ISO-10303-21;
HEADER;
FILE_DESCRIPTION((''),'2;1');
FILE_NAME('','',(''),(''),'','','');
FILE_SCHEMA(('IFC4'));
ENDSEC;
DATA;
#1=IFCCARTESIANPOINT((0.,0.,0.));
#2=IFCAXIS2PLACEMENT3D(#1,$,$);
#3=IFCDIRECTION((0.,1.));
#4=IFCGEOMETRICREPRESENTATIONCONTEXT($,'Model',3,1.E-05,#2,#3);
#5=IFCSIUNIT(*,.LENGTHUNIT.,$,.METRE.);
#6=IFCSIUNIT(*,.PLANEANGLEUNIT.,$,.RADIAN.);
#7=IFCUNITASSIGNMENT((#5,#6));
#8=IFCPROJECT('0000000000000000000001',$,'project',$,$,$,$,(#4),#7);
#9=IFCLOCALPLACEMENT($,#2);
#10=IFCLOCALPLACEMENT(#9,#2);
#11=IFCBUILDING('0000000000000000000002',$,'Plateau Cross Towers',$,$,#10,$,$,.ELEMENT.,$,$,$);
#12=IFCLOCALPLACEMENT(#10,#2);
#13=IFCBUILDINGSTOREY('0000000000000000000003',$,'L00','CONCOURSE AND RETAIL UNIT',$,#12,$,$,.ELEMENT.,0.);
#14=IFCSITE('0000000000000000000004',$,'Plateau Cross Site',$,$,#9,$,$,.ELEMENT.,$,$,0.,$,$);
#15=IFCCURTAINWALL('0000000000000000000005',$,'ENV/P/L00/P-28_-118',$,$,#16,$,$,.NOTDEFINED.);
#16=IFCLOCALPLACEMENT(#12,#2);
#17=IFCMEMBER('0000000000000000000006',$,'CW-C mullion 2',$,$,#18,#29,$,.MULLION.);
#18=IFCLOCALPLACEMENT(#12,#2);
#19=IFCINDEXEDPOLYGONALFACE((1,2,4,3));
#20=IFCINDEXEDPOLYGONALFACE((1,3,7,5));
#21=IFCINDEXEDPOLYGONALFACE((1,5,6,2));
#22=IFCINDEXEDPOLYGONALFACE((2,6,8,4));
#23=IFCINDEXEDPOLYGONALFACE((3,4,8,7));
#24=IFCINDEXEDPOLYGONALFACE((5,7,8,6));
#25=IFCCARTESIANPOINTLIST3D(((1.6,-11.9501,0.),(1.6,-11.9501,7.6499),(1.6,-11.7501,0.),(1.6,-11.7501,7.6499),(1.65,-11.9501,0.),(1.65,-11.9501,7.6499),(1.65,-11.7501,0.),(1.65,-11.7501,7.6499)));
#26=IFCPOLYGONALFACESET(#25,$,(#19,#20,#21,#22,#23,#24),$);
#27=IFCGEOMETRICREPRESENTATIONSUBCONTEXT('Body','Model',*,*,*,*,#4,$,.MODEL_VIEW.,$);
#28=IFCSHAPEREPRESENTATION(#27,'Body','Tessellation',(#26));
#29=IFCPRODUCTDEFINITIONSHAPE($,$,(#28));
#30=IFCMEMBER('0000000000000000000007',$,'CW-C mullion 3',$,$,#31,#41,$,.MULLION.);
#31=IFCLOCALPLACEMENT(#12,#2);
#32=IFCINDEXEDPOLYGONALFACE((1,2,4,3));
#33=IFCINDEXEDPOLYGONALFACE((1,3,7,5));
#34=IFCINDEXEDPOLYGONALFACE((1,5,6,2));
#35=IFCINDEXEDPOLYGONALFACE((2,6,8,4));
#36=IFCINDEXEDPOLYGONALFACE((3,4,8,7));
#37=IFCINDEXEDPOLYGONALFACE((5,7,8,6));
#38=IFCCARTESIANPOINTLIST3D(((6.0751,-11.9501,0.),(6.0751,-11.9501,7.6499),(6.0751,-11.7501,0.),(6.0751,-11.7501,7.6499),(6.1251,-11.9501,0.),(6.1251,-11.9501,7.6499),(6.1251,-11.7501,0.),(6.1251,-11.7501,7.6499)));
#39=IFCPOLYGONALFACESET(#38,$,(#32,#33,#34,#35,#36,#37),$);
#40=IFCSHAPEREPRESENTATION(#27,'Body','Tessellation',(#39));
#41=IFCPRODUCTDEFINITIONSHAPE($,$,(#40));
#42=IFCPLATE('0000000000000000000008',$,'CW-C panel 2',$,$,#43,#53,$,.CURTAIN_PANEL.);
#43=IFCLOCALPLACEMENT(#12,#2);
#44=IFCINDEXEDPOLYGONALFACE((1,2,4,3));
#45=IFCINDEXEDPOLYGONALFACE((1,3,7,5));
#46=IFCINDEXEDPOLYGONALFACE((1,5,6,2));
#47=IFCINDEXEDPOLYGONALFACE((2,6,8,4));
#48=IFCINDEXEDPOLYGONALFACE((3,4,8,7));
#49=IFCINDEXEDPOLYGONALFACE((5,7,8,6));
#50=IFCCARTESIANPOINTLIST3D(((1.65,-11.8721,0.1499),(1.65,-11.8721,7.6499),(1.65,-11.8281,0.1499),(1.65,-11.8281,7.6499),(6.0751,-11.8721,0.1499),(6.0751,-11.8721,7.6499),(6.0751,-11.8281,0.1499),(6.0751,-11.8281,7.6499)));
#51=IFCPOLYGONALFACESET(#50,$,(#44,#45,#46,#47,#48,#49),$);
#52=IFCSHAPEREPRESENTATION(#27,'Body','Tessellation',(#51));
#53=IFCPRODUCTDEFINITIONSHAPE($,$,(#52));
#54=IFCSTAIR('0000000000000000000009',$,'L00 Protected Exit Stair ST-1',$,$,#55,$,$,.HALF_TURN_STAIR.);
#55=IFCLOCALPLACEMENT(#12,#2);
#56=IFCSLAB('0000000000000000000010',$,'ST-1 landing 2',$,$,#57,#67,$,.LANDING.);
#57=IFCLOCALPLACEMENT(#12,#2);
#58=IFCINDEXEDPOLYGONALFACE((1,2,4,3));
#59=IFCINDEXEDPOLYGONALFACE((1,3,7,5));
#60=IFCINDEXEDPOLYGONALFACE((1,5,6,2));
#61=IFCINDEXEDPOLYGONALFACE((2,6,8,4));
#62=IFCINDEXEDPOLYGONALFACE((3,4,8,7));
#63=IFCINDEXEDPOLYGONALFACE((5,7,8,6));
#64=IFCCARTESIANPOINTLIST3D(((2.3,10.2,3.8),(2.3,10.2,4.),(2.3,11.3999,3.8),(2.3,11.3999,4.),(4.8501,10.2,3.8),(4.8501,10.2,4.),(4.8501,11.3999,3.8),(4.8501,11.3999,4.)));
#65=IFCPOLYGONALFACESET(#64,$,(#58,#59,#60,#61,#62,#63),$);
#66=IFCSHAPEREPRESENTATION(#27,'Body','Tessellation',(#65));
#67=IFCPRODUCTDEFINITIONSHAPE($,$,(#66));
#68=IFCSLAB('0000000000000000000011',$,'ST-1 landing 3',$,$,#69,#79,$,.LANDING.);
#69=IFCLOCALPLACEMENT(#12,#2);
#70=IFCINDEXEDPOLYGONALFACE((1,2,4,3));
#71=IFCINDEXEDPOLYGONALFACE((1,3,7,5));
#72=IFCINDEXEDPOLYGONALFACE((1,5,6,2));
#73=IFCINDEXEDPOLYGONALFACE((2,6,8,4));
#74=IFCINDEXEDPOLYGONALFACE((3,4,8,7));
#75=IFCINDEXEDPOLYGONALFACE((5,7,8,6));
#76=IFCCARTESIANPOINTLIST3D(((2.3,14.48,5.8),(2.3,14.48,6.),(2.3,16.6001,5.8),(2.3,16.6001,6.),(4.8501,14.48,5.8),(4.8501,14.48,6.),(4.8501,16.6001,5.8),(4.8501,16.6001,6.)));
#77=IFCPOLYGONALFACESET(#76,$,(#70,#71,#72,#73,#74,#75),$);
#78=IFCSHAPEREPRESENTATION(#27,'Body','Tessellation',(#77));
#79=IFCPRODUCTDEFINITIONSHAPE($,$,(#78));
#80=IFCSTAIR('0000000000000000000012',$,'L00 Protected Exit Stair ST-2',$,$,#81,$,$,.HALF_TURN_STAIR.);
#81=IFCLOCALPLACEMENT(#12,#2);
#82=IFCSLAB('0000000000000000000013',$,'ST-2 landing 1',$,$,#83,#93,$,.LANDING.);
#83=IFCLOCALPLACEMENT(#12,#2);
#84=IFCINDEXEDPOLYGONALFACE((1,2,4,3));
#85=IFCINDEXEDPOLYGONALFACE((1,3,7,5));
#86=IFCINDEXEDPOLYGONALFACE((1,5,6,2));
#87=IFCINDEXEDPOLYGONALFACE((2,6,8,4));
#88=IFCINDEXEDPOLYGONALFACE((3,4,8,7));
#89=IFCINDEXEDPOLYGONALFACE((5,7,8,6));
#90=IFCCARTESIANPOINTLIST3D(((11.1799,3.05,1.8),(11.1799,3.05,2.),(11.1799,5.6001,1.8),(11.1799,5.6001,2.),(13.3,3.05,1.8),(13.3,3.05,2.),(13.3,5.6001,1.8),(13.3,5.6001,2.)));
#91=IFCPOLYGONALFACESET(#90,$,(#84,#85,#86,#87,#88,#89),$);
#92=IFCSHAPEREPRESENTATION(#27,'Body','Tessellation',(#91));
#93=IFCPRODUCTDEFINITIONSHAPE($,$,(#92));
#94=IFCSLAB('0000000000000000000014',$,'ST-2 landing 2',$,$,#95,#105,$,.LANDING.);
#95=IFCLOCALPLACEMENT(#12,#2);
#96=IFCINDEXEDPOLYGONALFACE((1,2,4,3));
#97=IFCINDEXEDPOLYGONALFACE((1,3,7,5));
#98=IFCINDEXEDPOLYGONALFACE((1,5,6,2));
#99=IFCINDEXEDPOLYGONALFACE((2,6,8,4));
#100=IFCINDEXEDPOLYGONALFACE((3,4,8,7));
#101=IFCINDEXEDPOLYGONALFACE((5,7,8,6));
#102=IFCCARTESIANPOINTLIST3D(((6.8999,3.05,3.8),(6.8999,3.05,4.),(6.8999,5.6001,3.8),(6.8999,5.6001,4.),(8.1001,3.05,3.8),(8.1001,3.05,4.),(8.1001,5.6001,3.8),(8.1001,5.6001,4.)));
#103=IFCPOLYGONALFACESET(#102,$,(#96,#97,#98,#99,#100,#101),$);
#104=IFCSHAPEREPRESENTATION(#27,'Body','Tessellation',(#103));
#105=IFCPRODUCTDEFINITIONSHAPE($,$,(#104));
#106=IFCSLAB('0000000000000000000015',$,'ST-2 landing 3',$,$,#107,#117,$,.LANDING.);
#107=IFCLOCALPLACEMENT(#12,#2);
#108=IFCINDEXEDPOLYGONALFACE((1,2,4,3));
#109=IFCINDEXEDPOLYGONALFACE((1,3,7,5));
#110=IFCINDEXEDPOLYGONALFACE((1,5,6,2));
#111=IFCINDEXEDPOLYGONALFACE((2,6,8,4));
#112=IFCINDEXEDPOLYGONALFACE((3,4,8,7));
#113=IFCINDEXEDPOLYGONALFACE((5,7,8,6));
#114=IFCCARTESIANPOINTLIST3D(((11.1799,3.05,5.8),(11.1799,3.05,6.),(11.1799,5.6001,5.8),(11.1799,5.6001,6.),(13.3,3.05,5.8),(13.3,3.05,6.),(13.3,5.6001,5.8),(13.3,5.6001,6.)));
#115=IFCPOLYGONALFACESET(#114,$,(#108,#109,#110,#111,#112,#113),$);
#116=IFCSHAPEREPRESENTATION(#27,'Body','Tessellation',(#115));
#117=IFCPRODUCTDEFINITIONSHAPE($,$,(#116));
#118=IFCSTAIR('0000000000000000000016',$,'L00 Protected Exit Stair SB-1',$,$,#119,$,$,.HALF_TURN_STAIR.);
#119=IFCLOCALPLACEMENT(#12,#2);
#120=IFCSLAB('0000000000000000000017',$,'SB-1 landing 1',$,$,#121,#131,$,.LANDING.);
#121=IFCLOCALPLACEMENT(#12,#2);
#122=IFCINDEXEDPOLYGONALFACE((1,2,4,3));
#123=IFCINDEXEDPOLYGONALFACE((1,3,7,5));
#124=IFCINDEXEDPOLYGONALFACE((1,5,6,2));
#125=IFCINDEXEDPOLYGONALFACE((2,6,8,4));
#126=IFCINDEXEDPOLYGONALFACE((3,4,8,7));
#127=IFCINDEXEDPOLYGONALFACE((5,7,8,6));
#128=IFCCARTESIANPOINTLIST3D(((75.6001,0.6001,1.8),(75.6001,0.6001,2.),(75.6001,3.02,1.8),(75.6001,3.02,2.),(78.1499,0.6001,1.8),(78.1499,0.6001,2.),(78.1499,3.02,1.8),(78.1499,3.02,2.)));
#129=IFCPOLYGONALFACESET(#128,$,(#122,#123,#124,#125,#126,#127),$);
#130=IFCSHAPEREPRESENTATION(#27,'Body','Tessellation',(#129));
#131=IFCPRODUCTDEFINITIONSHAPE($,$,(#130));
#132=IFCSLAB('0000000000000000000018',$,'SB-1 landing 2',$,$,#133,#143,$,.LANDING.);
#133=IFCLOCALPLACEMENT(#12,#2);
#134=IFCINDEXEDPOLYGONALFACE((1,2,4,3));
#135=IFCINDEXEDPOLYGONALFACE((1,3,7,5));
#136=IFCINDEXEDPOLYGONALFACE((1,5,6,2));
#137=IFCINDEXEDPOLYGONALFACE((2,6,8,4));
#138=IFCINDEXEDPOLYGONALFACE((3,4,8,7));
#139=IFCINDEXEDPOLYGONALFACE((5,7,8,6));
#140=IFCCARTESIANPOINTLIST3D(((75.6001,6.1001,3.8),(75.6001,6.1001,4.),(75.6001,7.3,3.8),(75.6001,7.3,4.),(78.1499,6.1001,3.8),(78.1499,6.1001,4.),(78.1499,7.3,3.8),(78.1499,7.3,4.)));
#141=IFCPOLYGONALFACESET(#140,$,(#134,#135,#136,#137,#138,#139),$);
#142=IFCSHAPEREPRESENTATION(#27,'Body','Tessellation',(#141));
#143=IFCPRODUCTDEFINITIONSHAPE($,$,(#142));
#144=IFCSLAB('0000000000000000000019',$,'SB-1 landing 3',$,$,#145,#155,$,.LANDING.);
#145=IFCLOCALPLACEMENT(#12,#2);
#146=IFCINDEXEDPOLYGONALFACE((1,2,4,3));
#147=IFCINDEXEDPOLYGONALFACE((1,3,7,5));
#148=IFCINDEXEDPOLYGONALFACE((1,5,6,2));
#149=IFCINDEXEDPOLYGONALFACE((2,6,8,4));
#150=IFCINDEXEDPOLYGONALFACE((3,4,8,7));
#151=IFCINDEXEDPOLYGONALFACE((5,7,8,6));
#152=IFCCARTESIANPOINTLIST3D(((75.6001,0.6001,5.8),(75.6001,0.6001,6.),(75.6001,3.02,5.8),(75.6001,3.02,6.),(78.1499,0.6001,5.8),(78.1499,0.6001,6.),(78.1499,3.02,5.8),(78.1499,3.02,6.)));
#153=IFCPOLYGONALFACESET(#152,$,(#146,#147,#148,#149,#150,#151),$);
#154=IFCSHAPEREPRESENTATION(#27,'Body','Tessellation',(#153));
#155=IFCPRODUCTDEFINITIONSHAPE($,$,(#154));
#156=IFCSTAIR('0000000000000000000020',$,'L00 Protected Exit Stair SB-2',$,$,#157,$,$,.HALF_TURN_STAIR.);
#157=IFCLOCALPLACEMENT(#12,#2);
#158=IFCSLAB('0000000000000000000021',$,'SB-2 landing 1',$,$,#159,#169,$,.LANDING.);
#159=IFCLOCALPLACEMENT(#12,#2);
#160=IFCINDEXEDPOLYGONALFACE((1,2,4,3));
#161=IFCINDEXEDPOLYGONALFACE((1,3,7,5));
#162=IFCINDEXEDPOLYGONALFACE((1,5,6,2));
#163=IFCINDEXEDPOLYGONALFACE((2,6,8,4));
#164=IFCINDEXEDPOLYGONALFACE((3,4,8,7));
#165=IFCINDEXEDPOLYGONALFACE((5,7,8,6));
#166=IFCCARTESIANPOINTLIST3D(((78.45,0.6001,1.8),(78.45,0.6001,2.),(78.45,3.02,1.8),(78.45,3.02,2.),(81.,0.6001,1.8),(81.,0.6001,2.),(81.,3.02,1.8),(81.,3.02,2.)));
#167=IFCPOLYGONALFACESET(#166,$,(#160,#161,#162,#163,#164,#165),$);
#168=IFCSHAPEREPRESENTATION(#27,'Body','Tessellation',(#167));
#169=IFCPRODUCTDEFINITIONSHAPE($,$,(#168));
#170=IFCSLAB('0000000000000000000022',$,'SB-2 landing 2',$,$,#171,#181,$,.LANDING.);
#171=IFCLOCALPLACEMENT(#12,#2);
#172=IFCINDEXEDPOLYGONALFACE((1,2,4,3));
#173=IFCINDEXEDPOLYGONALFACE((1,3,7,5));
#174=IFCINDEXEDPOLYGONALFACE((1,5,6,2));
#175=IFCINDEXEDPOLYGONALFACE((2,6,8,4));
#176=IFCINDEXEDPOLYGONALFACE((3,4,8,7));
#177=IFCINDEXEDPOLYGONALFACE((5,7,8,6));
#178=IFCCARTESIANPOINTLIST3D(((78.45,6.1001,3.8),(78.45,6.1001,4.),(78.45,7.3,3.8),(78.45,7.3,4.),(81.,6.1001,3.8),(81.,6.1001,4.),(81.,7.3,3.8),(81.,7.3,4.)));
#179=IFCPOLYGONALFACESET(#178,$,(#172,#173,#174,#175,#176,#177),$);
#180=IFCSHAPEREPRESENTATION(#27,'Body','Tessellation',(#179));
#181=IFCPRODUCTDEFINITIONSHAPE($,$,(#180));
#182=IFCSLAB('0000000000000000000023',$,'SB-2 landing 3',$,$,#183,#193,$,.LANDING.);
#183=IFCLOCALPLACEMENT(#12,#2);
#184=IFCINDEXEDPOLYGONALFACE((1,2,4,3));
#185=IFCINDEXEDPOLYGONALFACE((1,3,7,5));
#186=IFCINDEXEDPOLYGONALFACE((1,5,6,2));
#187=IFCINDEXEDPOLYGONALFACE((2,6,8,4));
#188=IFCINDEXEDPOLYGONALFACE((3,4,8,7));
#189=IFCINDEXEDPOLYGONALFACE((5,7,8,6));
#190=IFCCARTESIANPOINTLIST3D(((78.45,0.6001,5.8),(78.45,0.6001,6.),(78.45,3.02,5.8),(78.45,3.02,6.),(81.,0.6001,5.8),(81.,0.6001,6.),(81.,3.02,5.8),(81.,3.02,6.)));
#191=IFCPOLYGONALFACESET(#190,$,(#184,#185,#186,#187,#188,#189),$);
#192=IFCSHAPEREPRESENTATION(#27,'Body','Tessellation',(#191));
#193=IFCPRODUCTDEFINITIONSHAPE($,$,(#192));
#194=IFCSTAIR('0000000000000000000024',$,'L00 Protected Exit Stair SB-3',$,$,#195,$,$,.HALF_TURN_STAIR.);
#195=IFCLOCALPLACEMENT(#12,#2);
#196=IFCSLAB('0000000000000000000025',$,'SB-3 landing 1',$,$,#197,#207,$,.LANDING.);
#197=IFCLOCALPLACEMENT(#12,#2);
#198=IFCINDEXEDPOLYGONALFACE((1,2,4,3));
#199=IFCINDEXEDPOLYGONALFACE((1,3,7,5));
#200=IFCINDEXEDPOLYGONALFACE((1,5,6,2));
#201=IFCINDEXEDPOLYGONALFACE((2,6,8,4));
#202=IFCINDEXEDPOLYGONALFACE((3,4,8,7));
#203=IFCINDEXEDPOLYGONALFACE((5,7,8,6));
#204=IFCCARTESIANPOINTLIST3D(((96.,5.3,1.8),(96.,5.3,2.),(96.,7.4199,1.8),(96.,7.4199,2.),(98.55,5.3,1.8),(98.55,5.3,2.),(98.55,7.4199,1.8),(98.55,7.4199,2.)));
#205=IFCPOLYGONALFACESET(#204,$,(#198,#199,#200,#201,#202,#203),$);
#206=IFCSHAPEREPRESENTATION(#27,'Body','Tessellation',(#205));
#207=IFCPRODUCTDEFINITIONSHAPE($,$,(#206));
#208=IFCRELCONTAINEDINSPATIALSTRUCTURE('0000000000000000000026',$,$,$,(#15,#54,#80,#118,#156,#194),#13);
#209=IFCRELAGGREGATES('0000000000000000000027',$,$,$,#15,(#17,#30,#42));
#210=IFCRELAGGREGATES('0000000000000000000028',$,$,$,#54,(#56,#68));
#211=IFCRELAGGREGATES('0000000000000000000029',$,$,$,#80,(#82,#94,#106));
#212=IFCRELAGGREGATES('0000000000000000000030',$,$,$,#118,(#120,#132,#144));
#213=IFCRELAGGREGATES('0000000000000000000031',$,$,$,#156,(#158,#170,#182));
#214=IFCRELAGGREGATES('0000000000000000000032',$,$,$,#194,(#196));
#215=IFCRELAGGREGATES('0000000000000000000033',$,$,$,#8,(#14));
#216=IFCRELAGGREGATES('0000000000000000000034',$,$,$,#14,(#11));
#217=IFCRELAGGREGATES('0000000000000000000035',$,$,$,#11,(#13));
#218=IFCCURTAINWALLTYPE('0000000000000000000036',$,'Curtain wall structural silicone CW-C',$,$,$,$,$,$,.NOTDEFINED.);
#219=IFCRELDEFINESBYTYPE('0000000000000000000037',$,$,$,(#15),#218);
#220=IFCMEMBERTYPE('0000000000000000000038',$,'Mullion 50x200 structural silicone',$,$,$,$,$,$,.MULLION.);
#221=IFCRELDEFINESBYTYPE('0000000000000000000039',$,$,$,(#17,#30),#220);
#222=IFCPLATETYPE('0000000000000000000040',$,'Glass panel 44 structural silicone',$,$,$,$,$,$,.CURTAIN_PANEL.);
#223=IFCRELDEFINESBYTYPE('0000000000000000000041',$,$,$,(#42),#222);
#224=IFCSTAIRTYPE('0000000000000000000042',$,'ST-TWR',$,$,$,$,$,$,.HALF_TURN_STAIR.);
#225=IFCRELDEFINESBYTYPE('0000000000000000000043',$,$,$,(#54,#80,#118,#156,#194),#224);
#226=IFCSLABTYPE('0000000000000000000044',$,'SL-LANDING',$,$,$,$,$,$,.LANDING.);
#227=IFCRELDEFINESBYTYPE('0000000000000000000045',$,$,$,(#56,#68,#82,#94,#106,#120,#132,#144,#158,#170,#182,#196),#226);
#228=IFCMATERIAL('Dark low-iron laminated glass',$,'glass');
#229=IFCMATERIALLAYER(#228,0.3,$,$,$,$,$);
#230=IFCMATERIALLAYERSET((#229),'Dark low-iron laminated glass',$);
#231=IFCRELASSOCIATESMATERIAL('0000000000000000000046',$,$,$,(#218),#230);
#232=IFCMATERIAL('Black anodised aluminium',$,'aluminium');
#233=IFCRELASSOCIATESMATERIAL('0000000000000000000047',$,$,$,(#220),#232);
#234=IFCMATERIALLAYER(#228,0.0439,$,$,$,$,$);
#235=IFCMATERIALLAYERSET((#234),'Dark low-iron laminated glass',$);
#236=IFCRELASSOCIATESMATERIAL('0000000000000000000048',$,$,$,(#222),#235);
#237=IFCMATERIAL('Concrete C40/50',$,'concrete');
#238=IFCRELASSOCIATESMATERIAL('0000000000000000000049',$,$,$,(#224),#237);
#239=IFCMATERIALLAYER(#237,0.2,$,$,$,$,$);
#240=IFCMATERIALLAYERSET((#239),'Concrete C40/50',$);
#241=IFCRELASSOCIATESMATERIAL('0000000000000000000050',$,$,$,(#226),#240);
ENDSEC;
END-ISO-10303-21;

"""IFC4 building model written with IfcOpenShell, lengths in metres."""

from ifc_helpers import new_model, si_unit, direction, frame, origin, origin_2d, place, context, subcontext, project, spatial, polyline, rectangle, outline, extrude, material, layer, layer_set, material_profile, profile_set, type_object, element, aggregate, save


model = new_model("IFC4")

# Units and contexts
model_context = context("Model", 3, precision=1e-05, world=origin(), true_north=direction((0.0, 1.0)))
body_context = subcontext(model_context, "Body", "Model", "MODEL_VIEW")
ifc_project = project(units=[si_unit("LENGTHUNIT", "METRE"), si_unit("PLANEANGLEUNIT", "RADIAN")], contexts=[model_context])

# Site, building, storey
site_placement = place(None, origin())
site = spatial("IfcSite", under=ifc_project, at=site_placement, Name="Plateau Cross Site", CompositionType="ELEMENT", RefElevation=0.0)
building_placement = place(site_placement, origin())
building = spatial("IfcBuilding", under=site, at=building_placement, Name="Plateau Cross Towers", CompositionType="ELEMENT")
storey_placement = place(building_placement, origin())
storey = spatial("IfcBuildingStorey", under=building, at=storey_placement, Name="L00", Description="CONCOURSE AND RETAIL UNIT", CompositionType="ELEMENT", Elevation=0.0)

# Curtain wall, members, plate
ifc_material_1 = material(Name="Dark low-iron laminated glass", Category="glass")
ifc_layer_1 = layer(ifc_material_1, 0.3)
ifc_layer_set_1 = layer_set([ifc_layer_1], Name="Dark low-iron laminated glass")
curtain_wall_type = type_object("IfcCurtainWallType", Name="Curtain wall structural silicone CW-C", PredefinedType="NOTDEFINED", material=ifc_layer_set_1)
curtain_wall_placement = place(storey_placement, origin())
curtain_wall = element("IfcCurtainWall", 1, at=curtain_wall_placement, inside=storey, type_object=curtain_wall_type, Name="ENV/P/L00/P-28_-118", PredefinedType="NOTDEFINED")
ifc_material_2 = material(Name="Black anodised aluminium", Category="aluminium")
ifc_material_profile = material_profile(ifc_material_2, rectangle(XDim=0.05, YDim=0.2, at=origin_2d()), Name="MULLION 50x200")
ifc_profile_set = profile_set([ifc_material_profile], Name="Black anodised aluminium")
member_type = type_object("IfcMemberType", Name="Mullion 50x200 structural silicone", PredefinedType="MULLION", material=ifc_profile_set)
member_1_placement = place(storey_placement, frame((1.625, -11.8501, 0.0), z_axis=(0.0, 0.0, 1.0), x_axis=(1.0, 0.0, 0.0)))
member_1 = element("IfcMember", 2, at=member_1_placement, type_object=member_type, Name="CW-C mullion 2", PredefinedType="MULLION", context=body_context, shape_type="SweptSolid", body=[
    extrude(rectangle(XDim=0.05, YDim=0.2, at=origin_2d()), origin(), (0.0, 0.0, 1.0), 7.6499),
])
member_2_placement = place(storey_placement, frame((6.1001, -11.8501, 0.0), z_axis=(0.0, 0.0, 1.0), x_axis=(1.0, 0.0, 0.0)))
member_2 = element("IfcMember", 3, at=member_2_placement, type_object=member_type, Name="CW-C mullion 3", PredefinedType="MULLION", context=body_context, shape_type="SweptSolid", body=[
    extrude(rectangle(XDim=0.05, YDim=0.2, at=origin_2d()), origin(), (0.0, 0.0, 1.0), 7.6499),
])
ifc_layer_2 = layer(ifc_material_1, 0.0439)
ifc_layer_set_2 = layer_set([ifc_layer_2], Name="Dark low-iron laminated glass")
plate_type = type_object("IfcPlateType", Name="Glass panel 44 structural silicone", PredefinedType="CURTAIN_PANEL", material=ifc_layer_set_2)
plate_placement = place(storey_placement, frame((3.8625, -11.8501, 0.1499), z_axis=(0.0, 0.0, 1.0), x_axis=(1.0, 0.0, 0.0)))
plate = element("IfcPlate", 4, at=plate_placement, type_object=plate_type, Name="CW-C panel 2", PredefinedType="CURTAIN_PANEL", context=body_context, shape_type="SweptSolid", body=[
    extrude(rectangle(XDim=4.425, YDim=0.0439, at=origin_2d()), origin(), (0.0, 0.0, 1.0), 7.5),
])
aggregate(curtain_wall, [member_1, member_2, plate])

# Stairs, slabs
ifc_material_3 = material(Name="Concrete C40/50", Category="concrete")
stair_type_1 = type_object("IfcStairType", Name="ST-TWR", PredefinedType="HALF_TURN_STAIR", material=ifc_material_3)
stair_1_placement = place(storey_placement, origin())
stair_1 = element("IfcStair", 5, at=stair_1_placement, inside=storey, type_object=stair_type_1, Name="L00 Protected Exit Stair ST-1", PredefinedType="HALF_TURN_STAIR")
ifc_layer_3 = layer(ifc_material_3, 0.2)
ifc_layer_set_3 = layer_set([ifc_layer_3], Name="Concrete C40/50")
slab_type = type_object("IfcSlabType", Name="SL-LANDING", PredefinedType="LANDING", material=ifc_layer_set_3)
slab_1_placement = place(storey_placement, frame((0.0, 0.0, 3.8)))
slab_1 = element("IfcSlab", 6, at=slab_1_placement, type_object=slab_type, Name="ST-1 landing 2", PredefinedType="LANDING", context=body_context, shape_type="SweptSolid", body=[
    extrude(outline(polyline([(4.8501, 10.2), (4.8501, 11.3999), (2.3, 11.3999), (2.3, 10.2), (4.8501, 10.2)])), origin(), (0.0, 0.0, 1.0), 0.2),
])
slab_2_placement = place(storey_placement, frame((0.0, 0.0, 5.8)))
slab_2 = element("IfcSlab", 7, at=slab_2_placement, type_object=slab_type, Name="ST-1 landing 3", PredefinedType="LANDING", context=body_context, shape_type="SweptSolid", body=[
    extrude(outline(polyline([(4.8501, 14.48), (4.8501, 16.6001), (2.3, 16.6001), (2.3, 14.48), (4.8501, 14.48)])), origin(), (0.0, 0.0, 1.0), 0.2),
])
aggregate(stair_1, [slab_1, slab_2])
stair_2_placement = place(storey_placement, origin())
stair_2 = element("IfcStair", 8, at=stair_2_placement, inside=storey, type_object=stair_type_1, Name="L00 Protected Exit Stair ST-2", PredefinedType="HALF_TURN_STAIR")
slab_3_placement = place(storey_placement, frame((0.0, 0.0, 1.8)))
slab_3 = element("IfcSlab", 9, at=slab_3_placement, type_object=slab_type, Name="ST-2 landing 1", PredefinedType="LANDING", context=body_context, shape_type="SweptSolid", body=[
    extrude(outline(polyline([(11.1799, 3.05), (13.3, 3.05), (13.3, 5.6001), (11.1799, 5.6001), (11.1799, 3.05)])), origin(), (0.0, 0.0, 1.0), 0.2),
])
slab_4_placement = place(storey_placement, frame((0.0, 0.0, 3.8)))
slab_4 = element("IfcSlab", 10, at=slab_4_placement, type_object=slab_type, Name="ST-2 landing 2", PredefinedType="LANDING", context=body_context, shape_type="SweptSolid", body=[
    extrude(outline(polyline([(6.8999, 3.05), (8.1001, 3.05), (8.1001, 5.6001), (6.8999, 5.6001), (6.8999, 3.05)])), origin(), (0.0, 0.0, 1.0), 0.2),
])
slab_5_placement = place(storey_placement, frame((0.0, 0.0, 5.8)))
slab_5 = element("IfcSlab", 11, at=slab_5_placement, type_object=slab_type, Name="ST-2 landing 3", PredefinedType="LANDING", context=body_context, shape_type="SweptSolid", body=[
    extrude(outline(polyline([(11.1799, 3.05), (13.3, 3.05), (13.3, 5.6001), (11.1799, 5.6001), (11.1799, 3.05)])), origin(), (0.0, 0.0, 1.0), 0.2),
])
aggregate(stair_2, [slab_3, slab_4, slab_5])
stair_3_placement = place(storey_placement, origin())
stair_3 = element("IfcStair", 12, at=stair_3_placement, inside=storey, type_object=stair_type_1, Name="L00 Protected Exit Stair SB-1", PredefinedType="HALF_TURN_STAIR")
slab_6_placement = place(storey_placement, frame((0.0, 0.0, 1.8)))
slab_6 = element("IfcSlab", 13, at=slab_6_placement, type_object=slab_type, Name="SB-1 landing 1", PredefinedType="LANDING", context=body_context, shape_type="SweptSolid", body=[
    extrude(outline(polyline([(75.6001, 3.02), (75.6001, 0.6001), (78.1499, 0.6001), (78.1499, 3.02), (75.6001, 3.02)])), origin(), (0.0, 0.0, 1.0), 0.2),
])
slab_7_placement = place(storey_placement, frame((0.0, 0.0, 3.8)))
slab_7 = element("IfcSlab", 14, at=slab_7_placement, type_object=slab_type, Name="SB-1 landing 2", PredefinedType="LANDING", context=body_context, shape_type="SweptSolid", body=[
    extrude(outline(polyline([(75.6001, 7.3), (75.6001, 6.1001), (78.1499, 6.1001), (78.1499, 7.3), (75.6001, 7.3)])), origin(), (0.0, 0.0, 1.0), 0.2),
])
slab_8_placement = place(storey_placement, frame((0.0, 0.0, 5.8)))
slab_8 = element("IfcSlab", 15, at=slab_8_placement, type_object=slab_type, Name="SB-1 landing 3", PredefinedType="LANDING", context=body_context, shape_type="SweptSolid", body=[
    extrude(outline(polyline([(75.6001, 3.02), (75.6001, 0.6001), (78.1499, 0.6001), (78.1499, 3.02), (75.6001, 3.02)])), origin(), (0.0, 0.0, 1.0), 0.2),
])
aggregate(stair_3, [slab_6, slab_7, slab_8])
stair_4_placement = place(storey_placement, origin())
stair_4 = element("IfcStair", 16, at=stair_4_placement, inside=storey, type_object=stair_type_1, Name="L00 Protected Exit Stair SB-2", PredefinedType="HALF_TURN_STAIR")
slab_9_placement = place(storey_placement, frame((0.0, 0.0, 1.8)))
slab_9 = element("IfcSlab", 17, at=slab_9_placement, type_object=slab_type, Name="SB-2 landing 1", PredefinedType="LANDING", context=body_context, shape_type="SweptSolid", body=[
    extrude(outline(polyline([(78.45, 3.02), (78.45, 0.6001), (81.0, 0.6001), (81.0, 3.02), (78.45, 3.02)])), origin(), (0.0, 0.0, 1.0), 0.2),
])
slab_10_placement = place(storey_placement, frame((0.0, 0.0, 3.8)))
slab_10 = element("IfcSlab", 18, at=slab_10_placement, type_object=slab_type, Name="SB-2 landing 2", PredefinedType="LANDING", context=body_context, shape_type="SweptSolid", body=[
    extrude(outline(polyline([(78.45, 7.3), (78.45, 6.1001), (81.0, 6.1001), (81.0, 7.3), (78.45, 7.3)])), origin(), (0.0, 0.0, 1.0), 0.2),
])
slab_11_placement = place(storey_placement, frame((0.0, 0.0, 5.8)))
slab_11 = element("IfcSlab", 19, at=slab_11_placement, type_object=slab_type, Name="SB-2 landing 3", PredefinedType="LANDING", context=body_context, shape_type="SweptSolid", body=[
    extrude(outline(polyline([(78.45, 3.02), (78.45, 0.6001), (81.0, 0.6001), (81.0, 3.02), (78.45, 3.02)])), origin(), (0.0, 0.0, 1.0), 0.2),
])
aggregate(stair_4, [slab_9, slab_10, slab_11])
stair_5_placement = place(storey_placement, origin())
stair_5 = element("IfcStair", 20, at=stair_5_placement, inside=storey, type_object=stair_type_1, Name="L00 Protected Exit Stair SB-3", PredefinedType="HALF_TURN_STAIR")
slab_12_placement = place(storey_placement, frame((0.0, 0.0, 1.8)))
slab_12 = element("IfcSlab", 21, at=slab_12_placement, type_object=slab_type, Name="SB-3 landing 1", PredefinedType="LANDING", context=body_context, shape_type="SweptSolid", body=[
    extrude(outline(polyline([(96.0, 7.4199), (96.0, 5.3), (98.55, 5.3), (98.55, 7.4199), (96.0, 7.4199)])), origin(), (0.0, 0.0, 1.0), 0.2),
])
aggregate(stair_5, [slab_12])

save(model, "model.ifc")
